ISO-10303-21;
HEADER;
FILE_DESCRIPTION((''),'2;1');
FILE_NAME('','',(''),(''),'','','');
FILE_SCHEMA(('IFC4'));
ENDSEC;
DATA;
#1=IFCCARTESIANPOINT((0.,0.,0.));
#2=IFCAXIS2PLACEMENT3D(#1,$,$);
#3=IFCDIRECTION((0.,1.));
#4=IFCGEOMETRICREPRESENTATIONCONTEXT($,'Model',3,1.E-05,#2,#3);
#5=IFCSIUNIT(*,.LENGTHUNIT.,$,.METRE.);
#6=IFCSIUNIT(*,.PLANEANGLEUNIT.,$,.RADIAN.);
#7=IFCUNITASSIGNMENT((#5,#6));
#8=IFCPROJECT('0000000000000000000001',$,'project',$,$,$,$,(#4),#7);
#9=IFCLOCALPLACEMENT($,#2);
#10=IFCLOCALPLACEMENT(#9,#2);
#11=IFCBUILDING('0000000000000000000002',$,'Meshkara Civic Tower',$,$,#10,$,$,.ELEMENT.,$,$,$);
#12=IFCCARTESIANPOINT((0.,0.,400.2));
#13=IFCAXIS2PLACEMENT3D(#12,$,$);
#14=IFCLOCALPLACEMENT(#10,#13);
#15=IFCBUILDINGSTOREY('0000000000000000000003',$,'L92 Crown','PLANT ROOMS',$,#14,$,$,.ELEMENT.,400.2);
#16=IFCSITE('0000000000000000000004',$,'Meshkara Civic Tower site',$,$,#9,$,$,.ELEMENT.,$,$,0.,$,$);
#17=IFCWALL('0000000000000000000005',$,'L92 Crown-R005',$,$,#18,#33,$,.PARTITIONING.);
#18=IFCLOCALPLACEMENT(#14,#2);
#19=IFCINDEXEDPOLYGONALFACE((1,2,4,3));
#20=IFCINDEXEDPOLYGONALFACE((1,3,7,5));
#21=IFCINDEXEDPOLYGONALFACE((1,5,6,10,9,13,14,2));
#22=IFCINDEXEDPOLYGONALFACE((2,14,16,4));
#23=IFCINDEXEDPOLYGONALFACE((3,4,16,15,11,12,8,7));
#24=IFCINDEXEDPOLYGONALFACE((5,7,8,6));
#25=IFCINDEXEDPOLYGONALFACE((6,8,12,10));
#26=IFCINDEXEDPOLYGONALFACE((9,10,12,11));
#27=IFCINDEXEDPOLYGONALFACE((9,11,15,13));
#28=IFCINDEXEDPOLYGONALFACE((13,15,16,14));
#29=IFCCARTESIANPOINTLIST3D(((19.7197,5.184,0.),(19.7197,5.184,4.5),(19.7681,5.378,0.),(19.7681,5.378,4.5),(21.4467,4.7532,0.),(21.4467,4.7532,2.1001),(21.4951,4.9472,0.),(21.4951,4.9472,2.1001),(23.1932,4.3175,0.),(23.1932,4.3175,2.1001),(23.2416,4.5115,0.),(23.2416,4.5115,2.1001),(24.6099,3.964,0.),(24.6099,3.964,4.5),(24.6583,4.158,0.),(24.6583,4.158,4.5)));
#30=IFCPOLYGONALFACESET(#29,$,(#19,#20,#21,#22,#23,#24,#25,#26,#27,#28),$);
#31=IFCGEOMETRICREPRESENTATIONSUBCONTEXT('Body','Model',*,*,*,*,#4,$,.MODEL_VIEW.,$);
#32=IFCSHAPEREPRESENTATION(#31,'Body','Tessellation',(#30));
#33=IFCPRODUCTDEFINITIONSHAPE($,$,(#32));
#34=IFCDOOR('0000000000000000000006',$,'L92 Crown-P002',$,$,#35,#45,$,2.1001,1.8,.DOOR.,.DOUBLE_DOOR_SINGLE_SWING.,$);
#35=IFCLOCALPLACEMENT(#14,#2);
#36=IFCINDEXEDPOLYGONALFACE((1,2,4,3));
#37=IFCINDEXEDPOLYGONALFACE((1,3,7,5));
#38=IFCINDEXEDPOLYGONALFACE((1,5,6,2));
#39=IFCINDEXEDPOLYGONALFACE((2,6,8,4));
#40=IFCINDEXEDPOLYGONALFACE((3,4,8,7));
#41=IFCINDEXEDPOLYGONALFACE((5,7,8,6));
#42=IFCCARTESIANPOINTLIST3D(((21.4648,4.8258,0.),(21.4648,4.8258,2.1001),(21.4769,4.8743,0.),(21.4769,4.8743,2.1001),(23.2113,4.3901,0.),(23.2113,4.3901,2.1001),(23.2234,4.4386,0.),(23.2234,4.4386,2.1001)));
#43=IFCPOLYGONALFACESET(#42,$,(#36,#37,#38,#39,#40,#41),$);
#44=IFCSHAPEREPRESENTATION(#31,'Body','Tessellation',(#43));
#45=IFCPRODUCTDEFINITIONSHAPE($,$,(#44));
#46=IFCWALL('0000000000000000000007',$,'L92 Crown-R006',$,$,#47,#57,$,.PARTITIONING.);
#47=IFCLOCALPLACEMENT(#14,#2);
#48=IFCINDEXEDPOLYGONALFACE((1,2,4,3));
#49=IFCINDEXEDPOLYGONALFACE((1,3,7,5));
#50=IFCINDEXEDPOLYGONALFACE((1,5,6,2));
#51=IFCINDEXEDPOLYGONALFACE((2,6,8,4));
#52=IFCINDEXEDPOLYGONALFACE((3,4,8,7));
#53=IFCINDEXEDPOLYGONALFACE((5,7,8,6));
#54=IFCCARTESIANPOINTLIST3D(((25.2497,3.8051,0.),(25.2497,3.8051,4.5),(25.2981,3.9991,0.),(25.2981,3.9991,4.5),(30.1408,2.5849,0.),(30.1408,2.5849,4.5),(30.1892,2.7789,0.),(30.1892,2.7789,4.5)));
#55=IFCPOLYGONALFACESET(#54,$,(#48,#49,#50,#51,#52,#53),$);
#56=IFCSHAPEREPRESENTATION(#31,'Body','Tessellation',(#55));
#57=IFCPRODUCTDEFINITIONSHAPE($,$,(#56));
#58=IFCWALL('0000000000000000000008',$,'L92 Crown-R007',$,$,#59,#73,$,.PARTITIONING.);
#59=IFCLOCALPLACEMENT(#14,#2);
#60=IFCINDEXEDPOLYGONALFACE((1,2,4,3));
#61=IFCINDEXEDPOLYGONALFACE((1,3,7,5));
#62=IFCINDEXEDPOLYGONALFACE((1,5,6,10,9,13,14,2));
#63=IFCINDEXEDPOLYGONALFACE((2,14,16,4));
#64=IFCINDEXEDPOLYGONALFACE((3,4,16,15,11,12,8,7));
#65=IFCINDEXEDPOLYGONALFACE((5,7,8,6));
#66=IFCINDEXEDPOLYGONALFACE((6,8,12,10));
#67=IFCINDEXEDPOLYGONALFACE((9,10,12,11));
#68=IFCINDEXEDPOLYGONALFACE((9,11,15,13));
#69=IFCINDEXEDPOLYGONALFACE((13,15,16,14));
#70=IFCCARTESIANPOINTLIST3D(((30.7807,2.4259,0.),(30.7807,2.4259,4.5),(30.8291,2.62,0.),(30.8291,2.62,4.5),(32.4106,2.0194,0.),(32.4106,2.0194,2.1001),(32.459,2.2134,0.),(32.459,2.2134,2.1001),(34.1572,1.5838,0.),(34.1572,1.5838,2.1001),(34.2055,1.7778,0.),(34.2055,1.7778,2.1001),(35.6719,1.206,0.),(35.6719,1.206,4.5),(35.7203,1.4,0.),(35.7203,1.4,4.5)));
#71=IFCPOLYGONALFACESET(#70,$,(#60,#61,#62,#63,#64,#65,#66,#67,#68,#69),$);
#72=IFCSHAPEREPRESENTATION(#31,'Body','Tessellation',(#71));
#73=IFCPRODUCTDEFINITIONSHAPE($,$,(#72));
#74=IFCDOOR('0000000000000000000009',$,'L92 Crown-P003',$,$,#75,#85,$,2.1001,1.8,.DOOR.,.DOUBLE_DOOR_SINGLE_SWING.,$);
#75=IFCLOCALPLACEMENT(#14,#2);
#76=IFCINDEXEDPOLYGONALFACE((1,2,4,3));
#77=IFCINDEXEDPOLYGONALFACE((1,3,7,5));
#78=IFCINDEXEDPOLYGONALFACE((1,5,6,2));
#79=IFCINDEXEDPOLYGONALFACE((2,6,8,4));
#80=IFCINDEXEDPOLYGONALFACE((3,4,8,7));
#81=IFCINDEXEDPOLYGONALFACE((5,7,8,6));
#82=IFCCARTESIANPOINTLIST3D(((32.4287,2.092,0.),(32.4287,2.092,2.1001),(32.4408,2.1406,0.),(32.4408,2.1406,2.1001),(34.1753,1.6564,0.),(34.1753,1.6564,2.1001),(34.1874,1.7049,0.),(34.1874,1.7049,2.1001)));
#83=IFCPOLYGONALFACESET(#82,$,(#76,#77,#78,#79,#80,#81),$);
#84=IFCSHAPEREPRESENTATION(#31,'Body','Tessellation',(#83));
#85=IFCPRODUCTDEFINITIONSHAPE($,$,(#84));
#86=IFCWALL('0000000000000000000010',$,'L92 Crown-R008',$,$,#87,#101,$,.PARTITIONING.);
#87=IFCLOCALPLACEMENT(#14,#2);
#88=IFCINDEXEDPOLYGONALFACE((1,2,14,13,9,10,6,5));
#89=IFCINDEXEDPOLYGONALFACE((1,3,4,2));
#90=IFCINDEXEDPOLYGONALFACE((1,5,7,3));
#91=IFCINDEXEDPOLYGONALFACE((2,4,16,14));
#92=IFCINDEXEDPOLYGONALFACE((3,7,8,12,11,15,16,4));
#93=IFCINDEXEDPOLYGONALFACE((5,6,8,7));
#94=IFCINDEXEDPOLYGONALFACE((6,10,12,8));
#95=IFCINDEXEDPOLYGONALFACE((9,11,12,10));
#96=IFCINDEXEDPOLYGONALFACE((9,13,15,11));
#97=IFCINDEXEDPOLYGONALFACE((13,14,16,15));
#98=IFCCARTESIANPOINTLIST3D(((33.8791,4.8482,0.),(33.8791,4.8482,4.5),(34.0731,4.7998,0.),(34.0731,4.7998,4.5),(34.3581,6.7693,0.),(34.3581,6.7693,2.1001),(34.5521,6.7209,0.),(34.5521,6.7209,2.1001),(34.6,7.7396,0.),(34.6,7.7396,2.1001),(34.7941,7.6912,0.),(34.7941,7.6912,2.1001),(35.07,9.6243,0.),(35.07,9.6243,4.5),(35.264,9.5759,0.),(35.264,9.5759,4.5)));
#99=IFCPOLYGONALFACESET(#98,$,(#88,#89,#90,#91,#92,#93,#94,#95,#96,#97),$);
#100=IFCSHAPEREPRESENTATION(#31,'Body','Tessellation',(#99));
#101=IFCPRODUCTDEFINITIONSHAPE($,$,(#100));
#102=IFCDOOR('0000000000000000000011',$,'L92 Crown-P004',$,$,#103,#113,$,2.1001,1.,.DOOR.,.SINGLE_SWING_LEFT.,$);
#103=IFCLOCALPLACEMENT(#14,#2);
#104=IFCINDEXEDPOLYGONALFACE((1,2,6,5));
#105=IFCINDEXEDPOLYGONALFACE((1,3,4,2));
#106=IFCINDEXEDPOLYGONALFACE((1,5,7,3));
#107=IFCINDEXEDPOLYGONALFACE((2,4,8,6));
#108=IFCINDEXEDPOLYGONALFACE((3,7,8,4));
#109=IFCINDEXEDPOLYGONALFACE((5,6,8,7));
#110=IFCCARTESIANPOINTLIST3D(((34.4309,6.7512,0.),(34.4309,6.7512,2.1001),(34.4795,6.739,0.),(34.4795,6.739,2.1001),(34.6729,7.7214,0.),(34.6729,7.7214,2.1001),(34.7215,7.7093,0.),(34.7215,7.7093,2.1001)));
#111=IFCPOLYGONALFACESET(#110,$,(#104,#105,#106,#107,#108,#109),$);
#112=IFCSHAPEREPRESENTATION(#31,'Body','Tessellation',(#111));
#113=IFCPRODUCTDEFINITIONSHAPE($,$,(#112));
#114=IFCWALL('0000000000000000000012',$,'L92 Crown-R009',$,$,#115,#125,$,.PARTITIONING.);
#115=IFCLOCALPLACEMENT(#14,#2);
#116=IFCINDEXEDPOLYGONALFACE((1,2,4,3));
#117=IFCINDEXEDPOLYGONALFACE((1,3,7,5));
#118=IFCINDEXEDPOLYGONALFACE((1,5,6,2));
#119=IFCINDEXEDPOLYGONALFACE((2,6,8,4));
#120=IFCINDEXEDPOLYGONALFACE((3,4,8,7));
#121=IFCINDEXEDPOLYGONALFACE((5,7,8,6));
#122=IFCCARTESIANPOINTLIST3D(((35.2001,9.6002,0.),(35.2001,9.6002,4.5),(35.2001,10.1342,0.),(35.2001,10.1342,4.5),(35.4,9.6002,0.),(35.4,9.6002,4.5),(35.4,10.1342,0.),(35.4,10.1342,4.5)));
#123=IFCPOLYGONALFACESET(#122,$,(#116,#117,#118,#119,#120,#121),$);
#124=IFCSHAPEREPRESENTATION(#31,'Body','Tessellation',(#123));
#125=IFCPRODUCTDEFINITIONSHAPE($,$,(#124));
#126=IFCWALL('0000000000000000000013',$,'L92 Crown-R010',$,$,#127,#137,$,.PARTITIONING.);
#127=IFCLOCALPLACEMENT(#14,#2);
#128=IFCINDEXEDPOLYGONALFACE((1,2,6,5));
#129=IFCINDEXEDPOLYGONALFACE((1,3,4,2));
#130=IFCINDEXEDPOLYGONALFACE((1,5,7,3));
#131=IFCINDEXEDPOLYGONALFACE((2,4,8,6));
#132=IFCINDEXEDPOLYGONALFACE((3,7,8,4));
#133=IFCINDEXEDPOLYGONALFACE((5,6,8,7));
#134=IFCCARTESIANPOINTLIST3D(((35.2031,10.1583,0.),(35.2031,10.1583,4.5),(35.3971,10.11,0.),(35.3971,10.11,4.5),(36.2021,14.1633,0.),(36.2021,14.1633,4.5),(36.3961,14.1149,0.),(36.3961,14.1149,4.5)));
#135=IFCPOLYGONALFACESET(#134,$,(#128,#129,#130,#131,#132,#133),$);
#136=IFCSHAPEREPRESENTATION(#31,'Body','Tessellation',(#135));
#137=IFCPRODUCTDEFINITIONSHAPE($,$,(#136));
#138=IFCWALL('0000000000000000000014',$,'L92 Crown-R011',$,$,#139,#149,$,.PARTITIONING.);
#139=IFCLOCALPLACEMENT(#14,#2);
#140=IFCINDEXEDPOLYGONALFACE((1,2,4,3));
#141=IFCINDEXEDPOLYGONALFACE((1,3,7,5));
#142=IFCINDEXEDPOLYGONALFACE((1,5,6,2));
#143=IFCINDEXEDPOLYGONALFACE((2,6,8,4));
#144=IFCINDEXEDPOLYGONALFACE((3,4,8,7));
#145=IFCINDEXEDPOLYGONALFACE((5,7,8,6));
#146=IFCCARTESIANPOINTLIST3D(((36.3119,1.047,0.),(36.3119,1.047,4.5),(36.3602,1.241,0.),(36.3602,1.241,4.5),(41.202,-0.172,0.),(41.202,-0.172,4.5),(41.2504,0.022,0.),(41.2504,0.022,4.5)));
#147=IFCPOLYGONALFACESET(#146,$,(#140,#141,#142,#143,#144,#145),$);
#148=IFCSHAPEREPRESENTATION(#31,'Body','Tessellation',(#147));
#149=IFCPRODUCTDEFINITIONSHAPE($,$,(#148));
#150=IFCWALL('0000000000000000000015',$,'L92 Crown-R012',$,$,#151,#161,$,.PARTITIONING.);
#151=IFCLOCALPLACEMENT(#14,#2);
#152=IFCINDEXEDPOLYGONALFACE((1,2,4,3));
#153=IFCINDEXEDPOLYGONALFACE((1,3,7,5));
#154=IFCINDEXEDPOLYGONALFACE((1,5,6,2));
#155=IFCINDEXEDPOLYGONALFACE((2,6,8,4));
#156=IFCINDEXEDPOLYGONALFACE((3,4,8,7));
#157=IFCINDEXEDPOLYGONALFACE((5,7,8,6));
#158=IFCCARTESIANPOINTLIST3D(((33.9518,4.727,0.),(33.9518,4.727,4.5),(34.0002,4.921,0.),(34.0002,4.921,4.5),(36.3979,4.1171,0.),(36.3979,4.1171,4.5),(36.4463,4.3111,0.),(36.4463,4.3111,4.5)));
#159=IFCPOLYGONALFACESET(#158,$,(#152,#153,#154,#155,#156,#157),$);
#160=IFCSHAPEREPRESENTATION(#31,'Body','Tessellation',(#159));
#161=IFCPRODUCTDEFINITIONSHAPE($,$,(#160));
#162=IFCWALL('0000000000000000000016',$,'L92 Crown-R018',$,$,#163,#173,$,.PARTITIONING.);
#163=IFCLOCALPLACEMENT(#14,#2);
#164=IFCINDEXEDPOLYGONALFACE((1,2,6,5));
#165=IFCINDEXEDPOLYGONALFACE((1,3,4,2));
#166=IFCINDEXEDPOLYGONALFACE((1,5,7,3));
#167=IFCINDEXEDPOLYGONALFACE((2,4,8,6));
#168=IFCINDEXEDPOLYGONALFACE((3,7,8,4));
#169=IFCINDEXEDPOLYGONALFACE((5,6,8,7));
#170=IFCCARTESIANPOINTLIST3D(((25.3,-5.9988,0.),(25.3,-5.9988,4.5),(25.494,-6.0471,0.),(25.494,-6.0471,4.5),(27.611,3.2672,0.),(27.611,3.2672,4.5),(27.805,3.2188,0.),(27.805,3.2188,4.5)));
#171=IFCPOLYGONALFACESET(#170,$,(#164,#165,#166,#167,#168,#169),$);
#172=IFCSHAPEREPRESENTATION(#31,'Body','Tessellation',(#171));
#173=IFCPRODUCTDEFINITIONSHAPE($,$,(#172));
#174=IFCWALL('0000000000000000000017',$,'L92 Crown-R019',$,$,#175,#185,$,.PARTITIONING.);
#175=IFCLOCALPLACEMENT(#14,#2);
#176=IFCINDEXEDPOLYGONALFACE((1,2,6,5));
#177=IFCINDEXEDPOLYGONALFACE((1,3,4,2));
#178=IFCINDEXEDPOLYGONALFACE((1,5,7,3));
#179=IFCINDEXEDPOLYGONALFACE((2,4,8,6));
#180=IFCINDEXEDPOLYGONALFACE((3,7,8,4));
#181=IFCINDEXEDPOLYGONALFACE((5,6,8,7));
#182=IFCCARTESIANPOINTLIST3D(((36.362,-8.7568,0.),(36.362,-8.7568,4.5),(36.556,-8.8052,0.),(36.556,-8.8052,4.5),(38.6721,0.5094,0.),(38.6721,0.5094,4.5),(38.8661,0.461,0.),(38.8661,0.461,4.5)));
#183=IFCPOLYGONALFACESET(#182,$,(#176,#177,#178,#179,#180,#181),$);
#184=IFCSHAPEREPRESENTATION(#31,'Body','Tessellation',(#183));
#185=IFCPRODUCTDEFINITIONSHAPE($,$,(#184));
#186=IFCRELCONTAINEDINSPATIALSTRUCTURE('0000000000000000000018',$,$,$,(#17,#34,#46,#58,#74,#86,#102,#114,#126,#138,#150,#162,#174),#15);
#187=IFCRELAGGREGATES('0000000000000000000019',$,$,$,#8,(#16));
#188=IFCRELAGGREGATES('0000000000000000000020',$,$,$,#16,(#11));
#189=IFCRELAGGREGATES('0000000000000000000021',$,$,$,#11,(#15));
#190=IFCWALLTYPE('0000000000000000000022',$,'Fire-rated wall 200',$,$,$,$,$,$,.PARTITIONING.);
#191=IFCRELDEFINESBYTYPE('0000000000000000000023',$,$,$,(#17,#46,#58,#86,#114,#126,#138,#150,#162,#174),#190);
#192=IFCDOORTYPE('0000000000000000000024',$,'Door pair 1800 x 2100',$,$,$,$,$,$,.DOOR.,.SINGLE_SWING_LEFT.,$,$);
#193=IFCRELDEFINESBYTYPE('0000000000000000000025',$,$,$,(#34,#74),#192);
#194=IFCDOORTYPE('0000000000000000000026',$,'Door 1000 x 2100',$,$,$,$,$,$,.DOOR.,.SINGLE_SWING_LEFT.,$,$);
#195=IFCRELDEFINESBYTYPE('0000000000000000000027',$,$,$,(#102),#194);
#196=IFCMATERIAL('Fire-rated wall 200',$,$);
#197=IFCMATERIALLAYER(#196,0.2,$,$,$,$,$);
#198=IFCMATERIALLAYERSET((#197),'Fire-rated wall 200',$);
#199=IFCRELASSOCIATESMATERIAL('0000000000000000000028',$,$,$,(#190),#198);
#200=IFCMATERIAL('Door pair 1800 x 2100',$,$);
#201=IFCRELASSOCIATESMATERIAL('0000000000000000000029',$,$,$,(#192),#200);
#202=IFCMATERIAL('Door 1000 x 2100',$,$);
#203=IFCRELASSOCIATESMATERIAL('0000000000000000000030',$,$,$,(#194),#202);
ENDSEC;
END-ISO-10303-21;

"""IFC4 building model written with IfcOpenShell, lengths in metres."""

from ifc_helpers import new_model, si_unit, direction, frame, frame_2d, origin, place, context, subcontext, project, spatial, rectangle, extrude, material, layer, layer_set, type_object, element, fill, save


model = new_model("IFC4")

# Units and contexts
model_context = context("Model", 3, precision=1e-05, world=origin(), true_north=direction((0.0, 1.0)))
body_context = subcontext(model_context, "Body", "Model", "MODEL_VIEW")
ifc_project = project(units=[si_unit("LENGTHUNIT", "METRE"), si_unit("PLANEANGLEUNIT", "RADIAN")], contexts=[model_context])

# Site, building, storey
site_placement = place(None, origin())
site = spatial("IfcSite", under=ifc_project, at=site_placement, Name="Meshkara Civic Tower site", CompositionType="ELEMENT", RefElevation=0.0)
building_placement = place(site_placement, origin())
building = spatial("IfcBuilding", under=site, at=building_placement, Name="Meshkara Civic Tower", CompositionType="ELEMENT")
storey_placement = place(building_placement, frame((0.0, 0.0, 400.2)))
storey = spatial("IfcBuildingStorey", under=building, at=storey_placement, Name="L92 Crown", Description="PLANT ROOMS", CompositionType="ELEMENT", Elevation=400.2)

# Wall, opening, door
ifc_material_1 = material(Name="Fire-rated wall 200")
ifc_layer_1 = layer(ifc_material_1, 0.2)
ifc_layer_set_1 = layer_set([ifc_layer_1], Name="Fire-rated wall 200")
wall_type_1 = type_object("IfcWallType", Name="Fire-rated wall 200", PredefinedType="PARTITIONING", material=ifc_layer_set_1)
wall_1_placement = place(storey_placement, frame((19.7439, 5.281, 0.0), z_axis=(0.0, 0.0, 1.0), x_axis=(0.970262, -0.242057, 0.0)))
wall_1 = element("IfcWall", 1, at=wall_1_placement, inside=storey, type_object=wall_type_1, Name="L92 Crown-R005", PredefinedType="PARTITIONING", context=body_context, shape_type="SweptSolid", body=[
    extrude(rectangle(XDim=5.04, YDim=0.2, at=frame_2d((2.52, 0.0))), origin(), (0.0, 0.0, 1.0), 4.5),
])
opening_1_placement = place(wall_1_placement, frame((1.78, 0.0, 0.0)))
opening_1 = element("IfcOpeningElement", 2, at=opening_1_placement, cuts=wall_1, PredefinedType="OPENING", context=body_context, shape_type="SweptSolid", body=[
    extrude(rectangle(XDim=1.8, YDim=2.1001, at=frame_2d((0.8999, 1.05))), frame((0.0, 0.1099, 0.0), z_axis=(0.0, -1.0, 0.0), x_axis=(1.0, 0.0, 0.0)), (0.0, 0.0, 1.0), 0.22),
])
ifc_material_2 = material(Name="Door pair 1800 x 2100")
door_type_1 = type_object("IfcDoorType", Name="Door pair 1800 x 2100", OperationType="SINGLE_SWING_LEFT", PredefinedType="DOOR", material=ifc_material_2)
door_1_placement = place(opening_1_placement, origin())
door_1 = element("IfcDoor", 3, at=door_1_placement, inside=storey, type_object=door_type_1, Name="L92 Crown-P002", OperationType="DOUBLE_DOOR_SINGLE_SWING", OverallHeight=2.1001, OverallWidth=1.8, PredefinedType="DOOR", context=body_context, shape_type="SweptSolid", body=[
    extrude(rectangle(XDim=1.8, YDim=2.1001, at=frame_2d((0.8999, 1.05))), frame((0.0, 0.0249, 0.0), z_axis=(0.0, -1.0, 0.0), x_axis=(1.0, 0.0, 0.0)), (0.0, 0.0, 1.0), 0.05),
])
fill(opening_1, door_1)

# Wall
wall_2_placement = place(storey_placement, frame((25.2739, 3.9021, 0.0), z_axis=(0.0, 0.0, 1.0), x_axis=(0.970262, -0.242057, 0.0)))
element("IfcWall", 4, at=wall_2_placement, inside=storey, type_object=wall_type_1, Name="L92 Crown-R006", PredefinedType="PARTITIONING", context=body_context, shape_type="SweptSolid", body=[
    extrude(rectangle(XDim=5.041, YDim=0.2, at=frame_2d((2.5205, 0.0))), origin(), (0.0, 0.0, 1.0), 4.5),
])

# Walls, openings, doors
wall_3_placement = place(storey_placement, frame((30.8049, 2.5229, 0.0), z_axis=(0.0, 0.0, 1.0), x_axis=(0.970273, -0.242011, 0.0)))
wall_3 = element("IfcWall", 5, at=wall_3_placement, inside=storey, type_object=wall_type_1, Name="L92 Crown-R007", PredefinedType="PARTITIONING", context=body_context, shape_type="SweptSolid", body=[
    extrude(rectangle(XDim=5.041, YDim=0.2, at=frame_2d((2.5205, 0.0))), origin(), (0.0, 0.0, 1.0), 4.5),
])
opening_2_placement = place(wall_3_placement, frame((1.6799, 0.0, 0.0)))
opening_2 = element("IfcOpeningElement", 6, at=opening_2_placement, cuts=wall_3, PredefinedType="OPENING", context=body_context, shape_type="SweptSolid", body=[
    extrude(rectangle(XDim=1.8, YDim=2.1001, at=frame_2d((0.8999, 1.05))), frame((0.0, 0.1099, 0.0), z_axis=(0.0, -1.0, 0.0), x_axis=(1.0, 0.0, 0.0)), (0.0, 0.0, 1.0), 0.22),
])
door_2_placement = place(opening_2_placement, origin())
door_2 = element("IfcDoor", 7, at=door_2_placement, inside=storey, type_object=door_type_1, Name="L92 Crown-P003", OperationType="DOUBLE_DOOR_SINGLE_SWING", OverallHeight=2.1001, OverallWidth=1.8, PredefinedType="DOOR", context=body_context, shape_type="SweptSolid", body=[
    extrude(rectangle(XDim=1.8, YDim=2.1001, at=frame_2d((0.8999, 1.05))), frame((0.0, 0.0249, 0.0), z_axis=(0.0, -1.0, 0.0), x_axis=(1.0, 0.0, 0.0)), (0.0, 0.0, 1.0), 0.05),
])
fill(opening_2, door_2)
wall_4_placement = place(storey_placement, frame((33.9761, 4.824, 0.0), z_axis=(0.0, 0.0, 1.0), x_axis=(0.24194, 0.970291, 0.0)))
wall_4 = element("IfcWall", 8, at=wall_4_placement, inside=storey, type_object=wall_type_1, Name="L92 Crown-R008", PredefinedType="PARTITIONING", context=body_context, shape_type="SweptSolid", body=[
    extrude(rectangle(XDim=4.9224, YDim=0.2, at=frame_2d((2.4612, 0.0))), origin(), (0.0, 0.0, 1.0), 4.5),
])
opening_3_placement = place(wall_4_placement, frame((1.98, 0.0, 0.0)))
opening_3 = element("IfcOpeningElement", 9, at=opening_3_placement, cuts=wall_4, PredefinedType="OPENING", context=body_context, shape_type="SweptSolid", body=[
    extrude(rectangle(XDim=1.0, YDim=2.1001, at=frame_2d((0.5, 1.05))), frame((0.0, 0.1099, 0.0), z_axis=(0.0, -1.0, 0.0), x_axis=(1.0, 0.0, 0.0)), (0.0, 0.0, 1.0), 0.22),
])
ifc_material_3 = material(Name="Door 1000 x 2100")
door_type_2 = type_object("IfcDoorType", Name="Door 1000 x 2100", OperationType="SINGLE_SWING_LEFT", PredefinedType="DOOR", material=ifc_material_3)
door_3_placement = place(opening_3_placement, origin())
door_3 = element("IfcDoor", 10, at=door_3_placement, inside=storey, type_object=door_type_2, Name="L92 Crown-P004", OperationType="SINGLE_SWING_LEFT", OverallHeight=2.1001, OverallWidth=1.0, PredefinedType="DOOR", context=body_context, shape_type="SweptSolid", body=[
    extrude(rectangle(XDim=1.0, YDim=2.1001, at=frame_2d((0.5, 1.05))), frame((0.0, 0.0249, 0.0), z_axis=(0.0, -1.0, 0.0), x_axis=(1.0, 0.0, 0.0)), (0.0, 0.0, 1.0), 0.05),
])
fill(opening_3, door_3)

# Walls
wall_5_placement = place(storey_placement, frame((35.3, 9.6001, 0.0), z_axis=(0.0, 0.0, 1.0), x_axis=(0.0, 1.0, 0.0)))
element("IfcWall", 11, at=wall_5_placement, inside=storey, type_object=wall_type_1, Name="L92 Crown-R009", PredefinedType="PARTITIONING", context=body_context, shape_type="SweptSolid", body=[
    extrude(rectangle(XDim=0.5339, YDim=0.2, at=frame_2d((0.2671, 0.0))), origin(), (0.0, 0.0, 1.0), 4.5),
])
wall_6_placement = place(storey_placement, frame((35.3, 10.134, 0.0), z_axis=(0.0, 0.0, 1.0), x_axis=(0.242035, 0.970268, 0.0)))
element("IfcWall", 12, at=wall_6_placement, inside=storey, type_object=wall_type_1, Name="L92 Crown-R010", PredefinedType="PARTITIONING", context=body_context, shape_type="SweptSolid", body=[
    extrude(rectangle(XDim=4.1277, YDim=0.2, at=frame_2d((2.064, 0.0))), origin(), (0.0, 0.0, 1.0), 4.5),
])
wall_7_placement = place(storey_placement, frame((36.3359, 1.144, 0.0), z_axis=(0.0, 0.0, 1.0), x_axis=(0.970308, -0.241874, 0.0)))
element("IfcWall", 13, at=wall_7_placement, inside=storey, type_object=wall_type_1, Name="L92 Crown-R011", PredefinedType="PARTITIONING", context=body_context, shape_type="SweptSolid", body=[
    extrude(rectangle(XDim=5.0398, YDim=0.2, at=frame_2d((2.52, 0.0))), origin(), (0.0, 0.0, 1.0), 4.5),
])
wall_8_placement = place(storey_placement, frame((36.4221, 4.2141, 0.0), z_axis=(0.0, 0.0, 1.0), x_axis=(-0.970296, 0.24192, 0.0)))
element("IfcWall", 14, at=wall_8_placement, inside=storey, type_object=wall_type_1, Name="L92 Crown-R012", PredefinedType="PARTITIONING", context=body_context, shape_type="SweptSolid", body=[
    extrude(rectangle(XDim=2.521, YDim=0.2, at=frame_2d((1.2605, 0.0))), origin(), (0.0, 0.0, 1.0), 4.5),
])
for number, where, z_axis, x_axis, name in (
    (15, (25.397, -6.0229, 0.0), (0.0, 0.0, 1.0), (0.242, 0.970276, 0.0), "L92 Crown-R018"),
    (16, (36.459, -8.781, 0.0), (0.0, 0.0, 1.0), (0.241898, 0.970302, 0.0), "L92 Crown-R019"),
):
    element("IfcWall", number, at=place(storey_placement, frame(where, z_axis=z_axis, x_axis=x_axis)), inside=storey, type_object=wall_type_1, Name=name, PredefinedType="PARTITIONING", context=body_context, shape_type="SweptSolid", body=[
        extrude(rectangle(XDim=9.5498, YDim=0.2, at=frame_2d((4.7749, 0.0))), origin(), (0.0, 0.0, 1.0), 4.5),
    ])

save(model, "model.ifc")
